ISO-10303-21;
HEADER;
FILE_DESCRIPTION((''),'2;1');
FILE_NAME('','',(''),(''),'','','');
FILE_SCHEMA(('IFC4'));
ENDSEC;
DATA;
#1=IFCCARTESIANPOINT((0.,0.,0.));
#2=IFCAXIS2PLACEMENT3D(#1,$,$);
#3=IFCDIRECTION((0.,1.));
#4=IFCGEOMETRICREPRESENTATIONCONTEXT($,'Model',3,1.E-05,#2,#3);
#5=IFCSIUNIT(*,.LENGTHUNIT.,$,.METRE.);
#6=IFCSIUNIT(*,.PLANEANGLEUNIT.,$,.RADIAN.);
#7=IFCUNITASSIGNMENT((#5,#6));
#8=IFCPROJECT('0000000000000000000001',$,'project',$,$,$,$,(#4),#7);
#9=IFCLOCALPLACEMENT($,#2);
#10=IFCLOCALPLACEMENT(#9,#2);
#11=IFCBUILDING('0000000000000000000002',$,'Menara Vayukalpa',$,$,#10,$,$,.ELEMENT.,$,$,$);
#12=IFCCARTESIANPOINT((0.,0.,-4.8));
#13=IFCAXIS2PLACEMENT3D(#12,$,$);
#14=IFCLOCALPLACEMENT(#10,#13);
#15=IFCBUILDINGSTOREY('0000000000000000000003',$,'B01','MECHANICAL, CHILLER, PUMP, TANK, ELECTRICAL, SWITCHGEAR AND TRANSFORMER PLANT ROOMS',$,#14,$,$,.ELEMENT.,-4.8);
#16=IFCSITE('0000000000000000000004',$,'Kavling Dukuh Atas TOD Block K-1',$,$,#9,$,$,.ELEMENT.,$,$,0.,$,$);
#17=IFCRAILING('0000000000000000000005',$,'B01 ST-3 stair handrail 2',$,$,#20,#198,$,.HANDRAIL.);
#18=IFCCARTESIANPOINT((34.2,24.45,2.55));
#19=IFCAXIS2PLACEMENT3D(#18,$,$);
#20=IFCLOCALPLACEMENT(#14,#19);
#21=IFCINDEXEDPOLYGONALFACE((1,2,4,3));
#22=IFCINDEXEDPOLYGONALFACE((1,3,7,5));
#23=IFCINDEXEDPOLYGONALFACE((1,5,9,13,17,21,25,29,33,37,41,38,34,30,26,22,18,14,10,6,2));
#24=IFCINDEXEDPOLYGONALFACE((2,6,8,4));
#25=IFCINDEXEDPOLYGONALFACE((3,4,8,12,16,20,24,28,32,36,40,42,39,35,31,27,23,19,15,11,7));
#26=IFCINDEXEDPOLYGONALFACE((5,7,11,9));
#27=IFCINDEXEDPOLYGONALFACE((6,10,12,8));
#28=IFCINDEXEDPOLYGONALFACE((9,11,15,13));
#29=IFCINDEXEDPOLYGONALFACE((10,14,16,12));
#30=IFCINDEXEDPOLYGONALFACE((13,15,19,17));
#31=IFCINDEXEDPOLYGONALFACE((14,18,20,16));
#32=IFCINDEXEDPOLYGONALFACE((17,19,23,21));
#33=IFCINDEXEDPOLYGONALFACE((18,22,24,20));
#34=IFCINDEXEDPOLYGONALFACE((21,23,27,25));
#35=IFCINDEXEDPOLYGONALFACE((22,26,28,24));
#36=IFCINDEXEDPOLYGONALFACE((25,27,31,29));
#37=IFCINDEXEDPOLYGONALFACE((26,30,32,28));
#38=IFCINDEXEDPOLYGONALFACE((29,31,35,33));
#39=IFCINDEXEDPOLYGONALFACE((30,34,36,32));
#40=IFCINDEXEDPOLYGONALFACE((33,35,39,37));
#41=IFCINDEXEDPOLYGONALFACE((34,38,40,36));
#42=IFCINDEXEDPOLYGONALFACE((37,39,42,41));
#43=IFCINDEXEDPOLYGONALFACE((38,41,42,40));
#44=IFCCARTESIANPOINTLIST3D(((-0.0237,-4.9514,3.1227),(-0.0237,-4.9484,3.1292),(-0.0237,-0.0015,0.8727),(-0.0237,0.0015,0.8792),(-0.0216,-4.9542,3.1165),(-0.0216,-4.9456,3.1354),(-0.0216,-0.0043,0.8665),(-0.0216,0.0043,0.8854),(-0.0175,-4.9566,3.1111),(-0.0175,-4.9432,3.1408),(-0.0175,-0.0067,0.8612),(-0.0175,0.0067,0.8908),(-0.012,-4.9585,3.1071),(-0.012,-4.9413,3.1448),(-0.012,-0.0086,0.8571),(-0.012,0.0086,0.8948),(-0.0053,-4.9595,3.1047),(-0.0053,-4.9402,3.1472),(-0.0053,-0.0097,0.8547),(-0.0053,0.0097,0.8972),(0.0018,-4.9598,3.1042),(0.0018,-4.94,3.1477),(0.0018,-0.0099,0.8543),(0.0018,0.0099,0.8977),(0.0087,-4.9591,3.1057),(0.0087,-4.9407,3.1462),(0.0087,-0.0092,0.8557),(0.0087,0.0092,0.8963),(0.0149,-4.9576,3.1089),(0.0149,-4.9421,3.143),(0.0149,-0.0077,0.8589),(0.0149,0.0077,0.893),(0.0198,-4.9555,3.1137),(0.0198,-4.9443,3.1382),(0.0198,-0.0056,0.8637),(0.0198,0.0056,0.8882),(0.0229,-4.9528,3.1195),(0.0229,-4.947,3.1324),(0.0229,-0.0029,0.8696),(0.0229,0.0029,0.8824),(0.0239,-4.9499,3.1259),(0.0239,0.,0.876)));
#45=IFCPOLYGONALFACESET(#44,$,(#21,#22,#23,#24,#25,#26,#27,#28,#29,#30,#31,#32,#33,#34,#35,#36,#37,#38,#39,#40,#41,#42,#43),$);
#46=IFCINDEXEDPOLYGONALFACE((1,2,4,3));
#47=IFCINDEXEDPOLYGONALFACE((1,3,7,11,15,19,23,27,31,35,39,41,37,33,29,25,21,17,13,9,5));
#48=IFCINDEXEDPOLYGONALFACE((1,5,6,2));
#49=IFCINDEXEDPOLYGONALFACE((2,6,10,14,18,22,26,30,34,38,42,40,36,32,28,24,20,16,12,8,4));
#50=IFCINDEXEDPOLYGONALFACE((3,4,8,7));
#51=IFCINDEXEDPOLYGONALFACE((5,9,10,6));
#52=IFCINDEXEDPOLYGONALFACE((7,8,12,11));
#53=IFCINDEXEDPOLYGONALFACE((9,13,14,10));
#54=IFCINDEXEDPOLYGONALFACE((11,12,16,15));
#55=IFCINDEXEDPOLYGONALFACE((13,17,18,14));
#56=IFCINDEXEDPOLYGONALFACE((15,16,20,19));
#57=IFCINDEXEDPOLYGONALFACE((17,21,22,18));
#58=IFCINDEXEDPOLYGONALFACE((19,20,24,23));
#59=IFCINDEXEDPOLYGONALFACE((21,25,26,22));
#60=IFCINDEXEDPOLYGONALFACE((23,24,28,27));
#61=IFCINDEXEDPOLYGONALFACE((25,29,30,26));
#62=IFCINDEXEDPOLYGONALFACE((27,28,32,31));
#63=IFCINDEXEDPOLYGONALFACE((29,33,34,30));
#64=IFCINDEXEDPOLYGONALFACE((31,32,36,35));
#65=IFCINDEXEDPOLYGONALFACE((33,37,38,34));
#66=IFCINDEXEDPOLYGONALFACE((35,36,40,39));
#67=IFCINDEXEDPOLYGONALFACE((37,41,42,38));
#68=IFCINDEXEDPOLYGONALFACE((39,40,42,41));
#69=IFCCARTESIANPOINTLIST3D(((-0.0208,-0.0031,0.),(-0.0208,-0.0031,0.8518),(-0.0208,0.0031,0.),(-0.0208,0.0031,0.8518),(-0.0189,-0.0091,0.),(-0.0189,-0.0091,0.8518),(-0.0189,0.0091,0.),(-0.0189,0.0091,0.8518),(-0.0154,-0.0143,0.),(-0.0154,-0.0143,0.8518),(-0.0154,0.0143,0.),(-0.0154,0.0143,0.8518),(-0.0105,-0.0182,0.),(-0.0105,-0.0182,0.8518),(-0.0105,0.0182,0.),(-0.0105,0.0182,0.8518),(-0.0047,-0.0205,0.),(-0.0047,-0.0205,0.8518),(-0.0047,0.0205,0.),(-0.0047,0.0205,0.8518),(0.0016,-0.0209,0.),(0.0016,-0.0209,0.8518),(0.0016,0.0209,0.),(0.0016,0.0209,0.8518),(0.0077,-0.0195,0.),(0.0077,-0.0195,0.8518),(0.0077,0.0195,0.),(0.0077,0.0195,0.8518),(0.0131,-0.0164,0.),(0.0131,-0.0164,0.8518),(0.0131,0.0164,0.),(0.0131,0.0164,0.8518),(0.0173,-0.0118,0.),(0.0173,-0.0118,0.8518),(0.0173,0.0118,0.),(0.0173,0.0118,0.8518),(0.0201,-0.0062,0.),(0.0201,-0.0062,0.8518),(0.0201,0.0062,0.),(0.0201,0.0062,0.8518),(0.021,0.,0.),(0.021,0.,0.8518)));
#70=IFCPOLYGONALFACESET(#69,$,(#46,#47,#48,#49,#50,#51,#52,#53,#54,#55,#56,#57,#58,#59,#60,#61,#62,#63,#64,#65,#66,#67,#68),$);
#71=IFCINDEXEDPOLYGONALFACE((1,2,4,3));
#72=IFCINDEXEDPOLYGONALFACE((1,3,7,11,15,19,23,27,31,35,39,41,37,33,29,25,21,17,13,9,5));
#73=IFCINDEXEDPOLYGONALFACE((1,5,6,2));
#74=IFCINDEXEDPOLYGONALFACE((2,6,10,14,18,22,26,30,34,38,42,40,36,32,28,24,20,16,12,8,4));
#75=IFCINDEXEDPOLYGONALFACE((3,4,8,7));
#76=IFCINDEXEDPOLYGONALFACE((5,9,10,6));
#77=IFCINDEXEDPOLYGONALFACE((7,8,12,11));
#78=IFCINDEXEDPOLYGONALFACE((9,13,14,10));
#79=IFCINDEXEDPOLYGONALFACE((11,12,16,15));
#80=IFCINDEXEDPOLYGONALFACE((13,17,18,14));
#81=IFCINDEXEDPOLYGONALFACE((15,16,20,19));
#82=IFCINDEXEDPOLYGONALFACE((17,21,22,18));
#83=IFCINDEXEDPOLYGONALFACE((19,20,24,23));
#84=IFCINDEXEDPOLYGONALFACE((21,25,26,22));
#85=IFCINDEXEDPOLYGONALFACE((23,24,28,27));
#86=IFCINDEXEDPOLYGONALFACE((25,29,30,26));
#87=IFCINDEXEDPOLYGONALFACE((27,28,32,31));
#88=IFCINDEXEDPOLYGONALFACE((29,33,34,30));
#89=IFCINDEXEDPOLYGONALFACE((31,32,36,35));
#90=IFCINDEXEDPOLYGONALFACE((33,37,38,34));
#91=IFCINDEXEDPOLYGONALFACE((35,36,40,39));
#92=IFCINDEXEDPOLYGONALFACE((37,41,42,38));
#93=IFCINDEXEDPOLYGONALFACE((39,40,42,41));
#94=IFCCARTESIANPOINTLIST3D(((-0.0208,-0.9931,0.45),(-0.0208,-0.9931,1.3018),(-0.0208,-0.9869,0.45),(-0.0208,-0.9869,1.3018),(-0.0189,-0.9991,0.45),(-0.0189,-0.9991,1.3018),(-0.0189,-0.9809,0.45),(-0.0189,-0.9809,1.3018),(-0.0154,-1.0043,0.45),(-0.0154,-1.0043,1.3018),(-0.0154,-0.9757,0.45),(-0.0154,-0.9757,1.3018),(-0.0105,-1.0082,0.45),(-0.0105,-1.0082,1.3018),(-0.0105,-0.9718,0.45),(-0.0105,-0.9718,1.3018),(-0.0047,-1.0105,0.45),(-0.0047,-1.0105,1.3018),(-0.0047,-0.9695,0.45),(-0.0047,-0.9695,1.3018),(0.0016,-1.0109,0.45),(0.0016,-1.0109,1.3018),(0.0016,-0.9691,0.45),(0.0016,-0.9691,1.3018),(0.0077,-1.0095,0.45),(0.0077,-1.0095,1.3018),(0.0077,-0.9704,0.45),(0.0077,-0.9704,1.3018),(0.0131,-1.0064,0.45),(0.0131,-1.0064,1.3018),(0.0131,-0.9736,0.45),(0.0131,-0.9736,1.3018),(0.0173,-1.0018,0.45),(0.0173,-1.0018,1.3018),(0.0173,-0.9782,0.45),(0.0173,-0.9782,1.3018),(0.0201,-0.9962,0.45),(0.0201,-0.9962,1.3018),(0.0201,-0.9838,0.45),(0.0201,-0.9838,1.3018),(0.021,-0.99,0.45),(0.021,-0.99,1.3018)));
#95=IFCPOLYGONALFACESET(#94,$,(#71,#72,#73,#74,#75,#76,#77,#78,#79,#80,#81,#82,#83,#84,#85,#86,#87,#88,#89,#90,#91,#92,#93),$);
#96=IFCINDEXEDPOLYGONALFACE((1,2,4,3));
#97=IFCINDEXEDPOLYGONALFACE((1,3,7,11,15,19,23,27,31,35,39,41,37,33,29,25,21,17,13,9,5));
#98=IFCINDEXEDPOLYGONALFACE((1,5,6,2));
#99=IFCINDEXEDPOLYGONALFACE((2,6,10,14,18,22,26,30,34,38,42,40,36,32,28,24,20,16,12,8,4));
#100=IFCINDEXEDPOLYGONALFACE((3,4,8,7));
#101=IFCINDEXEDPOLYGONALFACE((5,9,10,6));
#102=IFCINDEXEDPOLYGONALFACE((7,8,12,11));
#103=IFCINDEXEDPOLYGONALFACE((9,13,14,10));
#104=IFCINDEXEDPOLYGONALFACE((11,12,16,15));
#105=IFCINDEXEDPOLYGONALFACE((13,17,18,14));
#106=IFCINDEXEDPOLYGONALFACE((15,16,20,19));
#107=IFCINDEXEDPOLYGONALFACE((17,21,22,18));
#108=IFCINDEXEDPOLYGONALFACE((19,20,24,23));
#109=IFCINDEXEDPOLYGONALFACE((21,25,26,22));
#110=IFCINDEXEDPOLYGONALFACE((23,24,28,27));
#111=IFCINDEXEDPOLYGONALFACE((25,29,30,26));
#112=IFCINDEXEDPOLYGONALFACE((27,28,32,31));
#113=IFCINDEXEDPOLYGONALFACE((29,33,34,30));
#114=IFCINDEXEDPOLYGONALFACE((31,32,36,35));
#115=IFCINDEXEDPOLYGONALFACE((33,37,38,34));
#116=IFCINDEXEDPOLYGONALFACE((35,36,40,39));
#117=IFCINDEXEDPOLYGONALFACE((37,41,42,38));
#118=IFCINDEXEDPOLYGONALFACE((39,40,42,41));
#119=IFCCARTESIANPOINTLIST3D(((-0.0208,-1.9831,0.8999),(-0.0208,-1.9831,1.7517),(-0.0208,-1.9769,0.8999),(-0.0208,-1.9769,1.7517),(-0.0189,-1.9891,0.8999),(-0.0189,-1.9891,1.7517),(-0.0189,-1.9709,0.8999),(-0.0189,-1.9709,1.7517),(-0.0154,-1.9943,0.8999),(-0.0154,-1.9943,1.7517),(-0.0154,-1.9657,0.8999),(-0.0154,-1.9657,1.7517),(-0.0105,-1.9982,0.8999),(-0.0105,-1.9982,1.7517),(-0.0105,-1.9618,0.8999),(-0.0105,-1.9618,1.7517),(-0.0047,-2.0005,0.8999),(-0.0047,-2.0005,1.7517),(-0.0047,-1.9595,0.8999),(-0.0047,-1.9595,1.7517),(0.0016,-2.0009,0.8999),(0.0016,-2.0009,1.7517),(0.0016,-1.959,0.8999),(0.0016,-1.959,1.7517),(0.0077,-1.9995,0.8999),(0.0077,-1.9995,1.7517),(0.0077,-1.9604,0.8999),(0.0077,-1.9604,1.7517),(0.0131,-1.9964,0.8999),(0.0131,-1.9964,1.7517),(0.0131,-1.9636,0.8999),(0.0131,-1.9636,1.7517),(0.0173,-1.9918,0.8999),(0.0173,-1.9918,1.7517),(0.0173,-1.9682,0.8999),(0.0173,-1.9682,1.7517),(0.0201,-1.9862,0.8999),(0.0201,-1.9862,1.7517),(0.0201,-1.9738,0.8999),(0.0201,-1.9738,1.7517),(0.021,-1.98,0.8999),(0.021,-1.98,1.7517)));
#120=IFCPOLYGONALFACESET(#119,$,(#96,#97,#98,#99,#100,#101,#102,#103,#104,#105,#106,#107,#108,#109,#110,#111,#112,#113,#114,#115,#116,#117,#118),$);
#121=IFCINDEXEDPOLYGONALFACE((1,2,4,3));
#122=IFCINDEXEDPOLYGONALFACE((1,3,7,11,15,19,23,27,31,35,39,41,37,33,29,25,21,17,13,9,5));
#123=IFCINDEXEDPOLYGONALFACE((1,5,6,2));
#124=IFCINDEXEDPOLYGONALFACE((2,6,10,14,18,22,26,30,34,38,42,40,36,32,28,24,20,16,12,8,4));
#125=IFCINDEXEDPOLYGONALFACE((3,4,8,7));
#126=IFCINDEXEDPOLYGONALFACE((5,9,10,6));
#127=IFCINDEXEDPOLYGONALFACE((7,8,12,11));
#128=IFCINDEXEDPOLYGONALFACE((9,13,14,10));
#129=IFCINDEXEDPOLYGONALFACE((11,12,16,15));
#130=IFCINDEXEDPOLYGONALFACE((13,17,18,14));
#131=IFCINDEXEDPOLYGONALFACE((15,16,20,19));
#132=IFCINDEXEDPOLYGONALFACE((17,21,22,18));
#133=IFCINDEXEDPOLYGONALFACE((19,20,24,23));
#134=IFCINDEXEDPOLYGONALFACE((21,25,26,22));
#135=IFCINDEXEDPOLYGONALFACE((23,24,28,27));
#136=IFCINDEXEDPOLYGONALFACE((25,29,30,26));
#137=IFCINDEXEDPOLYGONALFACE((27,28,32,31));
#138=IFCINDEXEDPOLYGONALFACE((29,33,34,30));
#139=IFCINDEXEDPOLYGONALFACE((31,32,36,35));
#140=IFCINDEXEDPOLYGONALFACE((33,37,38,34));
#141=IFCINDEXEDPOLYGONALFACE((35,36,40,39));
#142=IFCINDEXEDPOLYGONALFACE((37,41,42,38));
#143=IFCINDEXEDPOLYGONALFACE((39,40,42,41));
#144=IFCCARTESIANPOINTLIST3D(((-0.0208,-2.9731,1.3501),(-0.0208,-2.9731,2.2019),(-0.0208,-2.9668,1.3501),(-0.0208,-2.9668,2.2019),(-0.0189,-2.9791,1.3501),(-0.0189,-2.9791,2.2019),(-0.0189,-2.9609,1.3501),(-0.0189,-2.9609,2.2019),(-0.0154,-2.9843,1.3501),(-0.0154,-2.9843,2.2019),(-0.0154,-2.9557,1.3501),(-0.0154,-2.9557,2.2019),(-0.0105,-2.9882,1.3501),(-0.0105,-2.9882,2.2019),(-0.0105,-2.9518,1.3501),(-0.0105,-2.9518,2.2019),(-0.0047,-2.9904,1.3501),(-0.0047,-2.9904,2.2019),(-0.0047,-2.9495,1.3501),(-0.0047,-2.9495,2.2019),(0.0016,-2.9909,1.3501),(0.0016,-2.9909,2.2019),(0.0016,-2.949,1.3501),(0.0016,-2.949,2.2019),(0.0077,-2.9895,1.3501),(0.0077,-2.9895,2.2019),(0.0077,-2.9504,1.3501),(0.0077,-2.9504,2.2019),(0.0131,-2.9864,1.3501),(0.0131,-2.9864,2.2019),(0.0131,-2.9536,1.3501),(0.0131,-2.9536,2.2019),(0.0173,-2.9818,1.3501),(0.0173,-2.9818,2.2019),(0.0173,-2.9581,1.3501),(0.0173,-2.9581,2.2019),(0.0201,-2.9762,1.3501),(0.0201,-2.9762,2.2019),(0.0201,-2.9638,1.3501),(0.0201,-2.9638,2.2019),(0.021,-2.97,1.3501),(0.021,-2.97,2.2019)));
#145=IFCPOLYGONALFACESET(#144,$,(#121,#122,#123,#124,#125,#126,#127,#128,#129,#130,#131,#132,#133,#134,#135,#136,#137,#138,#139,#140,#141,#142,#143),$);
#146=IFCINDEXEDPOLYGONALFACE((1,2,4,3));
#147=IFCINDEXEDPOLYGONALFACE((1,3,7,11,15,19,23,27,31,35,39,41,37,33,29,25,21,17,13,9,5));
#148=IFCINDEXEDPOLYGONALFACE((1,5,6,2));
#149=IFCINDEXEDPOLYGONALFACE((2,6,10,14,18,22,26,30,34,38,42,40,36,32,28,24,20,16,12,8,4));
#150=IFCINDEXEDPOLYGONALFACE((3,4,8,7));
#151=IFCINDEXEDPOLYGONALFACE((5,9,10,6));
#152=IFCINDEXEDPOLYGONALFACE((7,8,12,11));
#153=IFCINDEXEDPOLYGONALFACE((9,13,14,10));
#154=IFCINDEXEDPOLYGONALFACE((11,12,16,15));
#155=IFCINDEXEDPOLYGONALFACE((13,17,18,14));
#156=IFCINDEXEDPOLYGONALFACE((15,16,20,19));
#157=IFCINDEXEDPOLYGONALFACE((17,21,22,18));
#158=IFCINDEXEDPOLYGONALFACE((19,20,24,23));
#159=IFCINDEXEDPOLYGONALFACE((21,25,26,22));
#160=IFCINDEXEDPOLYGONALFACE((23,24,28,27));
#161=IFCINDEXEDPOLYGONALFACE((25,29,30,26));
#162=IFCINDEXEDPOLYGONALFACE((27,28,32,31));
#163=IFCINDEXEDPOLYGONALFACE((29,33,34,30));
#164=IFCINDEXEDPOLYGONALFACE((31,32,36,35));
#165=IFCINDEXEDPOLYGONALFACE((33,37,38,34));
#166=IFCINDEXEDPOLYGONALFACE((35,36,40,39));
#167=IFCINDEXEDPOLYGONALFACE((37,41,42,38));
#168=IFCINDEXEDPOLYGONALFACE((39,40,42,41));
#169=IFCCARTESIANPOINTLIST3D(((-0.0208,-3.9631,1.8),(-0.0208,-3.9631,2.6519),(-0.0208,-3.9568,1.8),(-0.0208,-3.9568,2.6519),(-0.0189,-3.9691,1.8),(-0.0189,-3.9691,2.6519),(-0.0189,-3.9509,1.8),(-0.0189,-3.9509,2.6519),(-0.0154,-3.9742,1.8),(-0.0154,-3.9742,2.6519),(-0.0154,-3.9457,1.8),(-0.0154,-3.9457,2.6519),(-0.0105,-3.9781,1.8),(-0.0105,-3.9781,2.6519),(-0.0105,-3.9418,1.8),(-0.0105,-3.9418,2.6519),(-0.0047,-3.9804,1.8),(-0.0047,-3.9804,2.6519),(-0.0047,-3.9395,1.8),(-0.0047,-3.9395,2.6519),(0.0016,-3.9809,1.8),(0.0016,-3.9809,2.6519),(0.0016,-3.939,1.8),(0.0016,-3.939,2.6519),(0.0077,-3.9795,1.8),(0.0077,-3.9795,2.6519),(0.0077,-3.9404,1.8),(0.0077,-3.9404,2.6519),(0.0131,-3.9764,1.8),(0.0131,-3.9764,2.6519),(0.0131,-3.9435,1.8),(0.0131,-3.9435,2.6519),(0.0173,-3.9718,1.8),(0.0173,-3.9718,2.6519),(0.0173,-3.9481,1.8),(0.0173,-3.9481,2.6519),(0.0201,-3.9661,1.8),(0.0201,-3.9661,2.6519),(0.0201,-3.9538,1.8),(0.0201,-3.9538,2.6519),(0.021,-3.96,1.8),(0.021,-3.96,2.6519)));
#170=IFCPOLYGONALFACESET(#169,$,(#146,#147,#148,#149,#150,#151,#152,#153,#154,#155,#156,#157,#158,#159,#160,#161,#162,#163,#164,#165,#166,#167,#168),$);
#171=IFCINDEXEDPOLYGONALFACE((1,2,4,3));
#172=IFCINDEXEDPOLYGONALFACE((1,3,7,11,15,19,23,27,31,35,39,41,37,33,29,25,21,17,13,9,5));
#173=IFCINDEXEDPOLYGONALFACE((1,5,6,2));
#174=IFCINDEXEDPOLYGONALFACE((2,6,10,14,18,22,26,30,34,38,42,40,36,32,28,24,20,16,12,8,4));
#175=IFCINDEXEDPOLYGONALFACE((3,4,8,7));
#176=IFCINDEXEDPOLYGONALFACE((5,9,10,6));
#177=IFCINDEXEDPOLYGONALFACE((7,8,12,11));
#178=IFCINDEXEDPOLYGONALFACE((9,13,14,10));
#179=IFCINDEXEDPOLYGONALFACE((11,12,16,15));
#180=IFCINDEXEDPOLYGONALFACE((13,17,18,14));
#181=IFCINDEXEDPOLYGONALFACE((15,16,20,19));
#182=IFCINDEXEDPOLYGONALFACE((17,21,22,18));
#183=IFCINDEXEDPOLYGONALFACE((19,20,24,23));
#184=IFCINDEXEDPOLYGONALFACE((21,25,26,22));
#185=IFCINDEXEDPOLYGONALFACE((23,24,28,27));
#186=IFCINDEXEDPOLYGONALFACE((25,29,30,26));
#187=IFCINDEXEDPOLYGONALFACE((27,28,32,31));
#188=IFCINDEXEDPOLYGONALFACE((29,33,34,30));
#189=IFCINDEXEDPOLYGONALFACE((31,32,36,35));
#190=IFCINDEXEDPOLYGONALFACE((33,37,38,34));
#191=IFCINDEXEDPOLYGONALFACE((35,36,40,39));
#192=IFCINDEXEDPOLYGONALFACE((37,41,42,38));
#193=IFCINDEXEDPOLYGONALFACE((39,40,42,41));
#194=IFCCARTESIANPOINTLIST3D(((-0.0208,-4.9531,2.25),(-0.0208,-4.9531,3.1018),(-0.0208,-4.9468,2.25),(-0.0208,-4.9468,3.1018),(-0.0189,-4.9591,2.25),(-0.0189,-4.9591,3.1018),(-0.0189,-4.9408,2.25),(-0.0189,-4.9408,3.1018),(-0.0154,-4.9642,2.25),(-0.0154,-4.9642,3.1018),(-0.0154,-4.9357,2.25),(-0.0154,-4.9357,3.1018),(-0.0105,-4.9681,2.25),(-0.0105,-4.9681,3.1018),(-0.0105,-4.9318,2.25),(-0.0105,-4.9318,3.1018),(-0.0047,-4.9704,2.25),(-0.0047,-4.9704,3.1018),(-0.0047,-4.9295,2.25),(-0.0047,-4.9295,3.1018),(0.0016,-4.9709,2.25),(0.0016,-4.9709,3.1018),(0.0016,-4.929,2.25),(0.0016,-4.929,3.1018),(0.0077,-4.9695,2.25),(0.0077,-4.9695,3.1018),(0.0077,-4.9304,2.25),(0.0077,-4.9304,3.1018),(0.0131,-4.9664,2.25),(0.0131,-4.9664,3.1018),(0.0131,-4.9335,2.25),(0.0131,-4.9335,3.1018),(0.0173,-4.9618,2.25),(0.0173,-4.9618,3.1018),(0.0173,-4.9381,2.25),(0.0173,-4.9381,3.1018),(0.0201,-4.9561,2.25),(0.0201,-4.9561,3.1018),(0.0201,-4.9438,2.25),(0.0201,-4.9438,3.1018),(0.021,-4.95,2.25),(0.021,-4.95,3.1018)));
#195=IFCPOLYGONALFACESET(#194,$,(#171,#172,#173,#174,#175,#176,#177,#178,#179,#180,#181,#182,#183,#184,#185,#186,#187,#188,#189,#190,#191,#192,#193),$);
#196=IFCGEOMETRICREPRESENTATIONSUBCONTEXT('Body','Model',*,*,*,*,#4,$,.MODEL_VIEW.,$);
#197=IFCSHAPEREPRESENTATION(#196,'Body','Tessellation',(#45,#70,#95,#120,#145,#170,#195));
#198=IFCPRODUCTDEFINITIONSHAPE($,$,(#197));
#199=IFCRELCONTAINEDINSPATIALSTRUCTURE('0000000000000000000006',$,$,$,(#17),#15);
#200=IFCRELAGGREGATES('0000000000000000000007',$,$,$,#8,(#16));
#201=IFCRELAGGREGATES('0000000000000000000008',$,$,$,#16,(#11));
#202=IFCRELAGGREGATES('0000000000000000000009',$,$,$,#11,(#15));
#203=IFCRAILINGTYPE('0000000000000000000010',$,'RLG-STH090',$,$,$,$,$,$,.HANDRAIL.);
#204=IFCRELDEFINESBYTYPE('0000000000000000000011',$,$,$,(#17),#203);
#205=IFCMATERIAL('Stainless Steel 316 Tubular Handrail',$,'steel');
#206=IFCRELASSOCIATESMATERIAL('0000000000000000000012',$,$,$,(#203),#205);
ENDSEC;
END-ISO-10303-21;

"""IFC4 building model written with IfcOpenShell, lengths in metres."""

from ifc_helpers import new_model, si_unit, direction, frame, origin, origin_2d, place, context, subcontext, project, spatial, circle, extrude, material, type_object, element, save


model = new_model("IFC4")

# Units and contexts
model_context = context("Model", 3, precision=1e-05, world=origin(), true_north=direction((0.0, 1.0)))
body_context = subcontext(model_context, "Body", "Model", "MODEL_VIEW")
ifc_project = project(units=[si_unit("LENGTHUNIT", "METRE"), si_unit("PLANEANGLEUNIT", "RADIAN")], contexts=[model_context])

# Site, building, storey
site_placement = place(None, origin())
site = spatial("IfcSite", under=ifc_project, at=site_placement, Name="Kavling Dukuh Atas TOD Block K-1", CompositionType="ELEMENT", RefElevation=0.0)
building_placement = place(site_placement, origin())
building = spatial("IfcBuilding", under=site, at=building_placement, Name="Menara Vayukalpa", CompositionType="ELEMENT")
storey_placement = place(building_placement, frame((0.0, 0.0, -4.8)))
storey = spatial("IfcBuildingStorey", under=building, at=storey_placement, Name="B01", Description="MECHANICAL, CHILLER, PUMP, TANK, ELECTRICAL, SWITCHGEAR AND TRANSFORMER PLANT ROOMS", CompositionType="ELEMENT", Elevation=-4.8)

# Railing
ifc_material_1 = material(Name="Stainless Steel 316 Tubular Handrail", Category="steel")
railing_type_1 = type_object("IfcRailingType", Name="RLG-STH090", PredefinedType="HANDRAIL", material=ifc_material_1)
railing_1_placement = place(storey_placement, frame((34.2, 24.45, 2.55)))
element("IfcRailing", 1, at=railing_1_placement, inside=storey, type_object=railing_type_1, Name="B01 ST-3 stair handrail 2", PredefinedType="HANDRAIL", context=body_context, shape_type="SweptSolid", body=[
    extrude(circle(Radius=0.0239, at=origin_2d()), frame((0.0, 0.0, 0.876), z_axis=(0.0, -0.910365, 0.413806), x_axis=(1.0, 0.0, 0.0)), (0.0, 0.0, 1.0), 5.4373),
    extrude(circle(Radius=0.021, at=origin_2d()), origin(), (0.0, 0.0, 1.0), 0.8518),
    extrude(circle(Radius=0.021, at=origin_2d()), frame((0.0, -0.99, 0.45)), (0.0, 0.0, 1.0), 0.8518),
    extrude(circle(Radius=0.021, at=origin_2d()), frame((0.0, -1.98, 0.8999)), (0.0, 0.0, 1.0), 0.8518),
    extrude(circle(Radius=0.021, at=origin_2d()), frame((0.0, -2.97, 1.3501)), (0.0, 0.0, 1.0), 0.8518),
    extrude(circle(Radius=0.021, at=origin_2d()), frame((0.0, -3.96, 1.8)), (0.0, 0.0, 1.0), 0.8518),
    extrude(circle(Radius=0.021, at=origin_2d()), frame((0.0, -4.95, 2.25)), (0.0, 0.0, 1.0), 0.8518),
])

save(model, "model.ifc")
